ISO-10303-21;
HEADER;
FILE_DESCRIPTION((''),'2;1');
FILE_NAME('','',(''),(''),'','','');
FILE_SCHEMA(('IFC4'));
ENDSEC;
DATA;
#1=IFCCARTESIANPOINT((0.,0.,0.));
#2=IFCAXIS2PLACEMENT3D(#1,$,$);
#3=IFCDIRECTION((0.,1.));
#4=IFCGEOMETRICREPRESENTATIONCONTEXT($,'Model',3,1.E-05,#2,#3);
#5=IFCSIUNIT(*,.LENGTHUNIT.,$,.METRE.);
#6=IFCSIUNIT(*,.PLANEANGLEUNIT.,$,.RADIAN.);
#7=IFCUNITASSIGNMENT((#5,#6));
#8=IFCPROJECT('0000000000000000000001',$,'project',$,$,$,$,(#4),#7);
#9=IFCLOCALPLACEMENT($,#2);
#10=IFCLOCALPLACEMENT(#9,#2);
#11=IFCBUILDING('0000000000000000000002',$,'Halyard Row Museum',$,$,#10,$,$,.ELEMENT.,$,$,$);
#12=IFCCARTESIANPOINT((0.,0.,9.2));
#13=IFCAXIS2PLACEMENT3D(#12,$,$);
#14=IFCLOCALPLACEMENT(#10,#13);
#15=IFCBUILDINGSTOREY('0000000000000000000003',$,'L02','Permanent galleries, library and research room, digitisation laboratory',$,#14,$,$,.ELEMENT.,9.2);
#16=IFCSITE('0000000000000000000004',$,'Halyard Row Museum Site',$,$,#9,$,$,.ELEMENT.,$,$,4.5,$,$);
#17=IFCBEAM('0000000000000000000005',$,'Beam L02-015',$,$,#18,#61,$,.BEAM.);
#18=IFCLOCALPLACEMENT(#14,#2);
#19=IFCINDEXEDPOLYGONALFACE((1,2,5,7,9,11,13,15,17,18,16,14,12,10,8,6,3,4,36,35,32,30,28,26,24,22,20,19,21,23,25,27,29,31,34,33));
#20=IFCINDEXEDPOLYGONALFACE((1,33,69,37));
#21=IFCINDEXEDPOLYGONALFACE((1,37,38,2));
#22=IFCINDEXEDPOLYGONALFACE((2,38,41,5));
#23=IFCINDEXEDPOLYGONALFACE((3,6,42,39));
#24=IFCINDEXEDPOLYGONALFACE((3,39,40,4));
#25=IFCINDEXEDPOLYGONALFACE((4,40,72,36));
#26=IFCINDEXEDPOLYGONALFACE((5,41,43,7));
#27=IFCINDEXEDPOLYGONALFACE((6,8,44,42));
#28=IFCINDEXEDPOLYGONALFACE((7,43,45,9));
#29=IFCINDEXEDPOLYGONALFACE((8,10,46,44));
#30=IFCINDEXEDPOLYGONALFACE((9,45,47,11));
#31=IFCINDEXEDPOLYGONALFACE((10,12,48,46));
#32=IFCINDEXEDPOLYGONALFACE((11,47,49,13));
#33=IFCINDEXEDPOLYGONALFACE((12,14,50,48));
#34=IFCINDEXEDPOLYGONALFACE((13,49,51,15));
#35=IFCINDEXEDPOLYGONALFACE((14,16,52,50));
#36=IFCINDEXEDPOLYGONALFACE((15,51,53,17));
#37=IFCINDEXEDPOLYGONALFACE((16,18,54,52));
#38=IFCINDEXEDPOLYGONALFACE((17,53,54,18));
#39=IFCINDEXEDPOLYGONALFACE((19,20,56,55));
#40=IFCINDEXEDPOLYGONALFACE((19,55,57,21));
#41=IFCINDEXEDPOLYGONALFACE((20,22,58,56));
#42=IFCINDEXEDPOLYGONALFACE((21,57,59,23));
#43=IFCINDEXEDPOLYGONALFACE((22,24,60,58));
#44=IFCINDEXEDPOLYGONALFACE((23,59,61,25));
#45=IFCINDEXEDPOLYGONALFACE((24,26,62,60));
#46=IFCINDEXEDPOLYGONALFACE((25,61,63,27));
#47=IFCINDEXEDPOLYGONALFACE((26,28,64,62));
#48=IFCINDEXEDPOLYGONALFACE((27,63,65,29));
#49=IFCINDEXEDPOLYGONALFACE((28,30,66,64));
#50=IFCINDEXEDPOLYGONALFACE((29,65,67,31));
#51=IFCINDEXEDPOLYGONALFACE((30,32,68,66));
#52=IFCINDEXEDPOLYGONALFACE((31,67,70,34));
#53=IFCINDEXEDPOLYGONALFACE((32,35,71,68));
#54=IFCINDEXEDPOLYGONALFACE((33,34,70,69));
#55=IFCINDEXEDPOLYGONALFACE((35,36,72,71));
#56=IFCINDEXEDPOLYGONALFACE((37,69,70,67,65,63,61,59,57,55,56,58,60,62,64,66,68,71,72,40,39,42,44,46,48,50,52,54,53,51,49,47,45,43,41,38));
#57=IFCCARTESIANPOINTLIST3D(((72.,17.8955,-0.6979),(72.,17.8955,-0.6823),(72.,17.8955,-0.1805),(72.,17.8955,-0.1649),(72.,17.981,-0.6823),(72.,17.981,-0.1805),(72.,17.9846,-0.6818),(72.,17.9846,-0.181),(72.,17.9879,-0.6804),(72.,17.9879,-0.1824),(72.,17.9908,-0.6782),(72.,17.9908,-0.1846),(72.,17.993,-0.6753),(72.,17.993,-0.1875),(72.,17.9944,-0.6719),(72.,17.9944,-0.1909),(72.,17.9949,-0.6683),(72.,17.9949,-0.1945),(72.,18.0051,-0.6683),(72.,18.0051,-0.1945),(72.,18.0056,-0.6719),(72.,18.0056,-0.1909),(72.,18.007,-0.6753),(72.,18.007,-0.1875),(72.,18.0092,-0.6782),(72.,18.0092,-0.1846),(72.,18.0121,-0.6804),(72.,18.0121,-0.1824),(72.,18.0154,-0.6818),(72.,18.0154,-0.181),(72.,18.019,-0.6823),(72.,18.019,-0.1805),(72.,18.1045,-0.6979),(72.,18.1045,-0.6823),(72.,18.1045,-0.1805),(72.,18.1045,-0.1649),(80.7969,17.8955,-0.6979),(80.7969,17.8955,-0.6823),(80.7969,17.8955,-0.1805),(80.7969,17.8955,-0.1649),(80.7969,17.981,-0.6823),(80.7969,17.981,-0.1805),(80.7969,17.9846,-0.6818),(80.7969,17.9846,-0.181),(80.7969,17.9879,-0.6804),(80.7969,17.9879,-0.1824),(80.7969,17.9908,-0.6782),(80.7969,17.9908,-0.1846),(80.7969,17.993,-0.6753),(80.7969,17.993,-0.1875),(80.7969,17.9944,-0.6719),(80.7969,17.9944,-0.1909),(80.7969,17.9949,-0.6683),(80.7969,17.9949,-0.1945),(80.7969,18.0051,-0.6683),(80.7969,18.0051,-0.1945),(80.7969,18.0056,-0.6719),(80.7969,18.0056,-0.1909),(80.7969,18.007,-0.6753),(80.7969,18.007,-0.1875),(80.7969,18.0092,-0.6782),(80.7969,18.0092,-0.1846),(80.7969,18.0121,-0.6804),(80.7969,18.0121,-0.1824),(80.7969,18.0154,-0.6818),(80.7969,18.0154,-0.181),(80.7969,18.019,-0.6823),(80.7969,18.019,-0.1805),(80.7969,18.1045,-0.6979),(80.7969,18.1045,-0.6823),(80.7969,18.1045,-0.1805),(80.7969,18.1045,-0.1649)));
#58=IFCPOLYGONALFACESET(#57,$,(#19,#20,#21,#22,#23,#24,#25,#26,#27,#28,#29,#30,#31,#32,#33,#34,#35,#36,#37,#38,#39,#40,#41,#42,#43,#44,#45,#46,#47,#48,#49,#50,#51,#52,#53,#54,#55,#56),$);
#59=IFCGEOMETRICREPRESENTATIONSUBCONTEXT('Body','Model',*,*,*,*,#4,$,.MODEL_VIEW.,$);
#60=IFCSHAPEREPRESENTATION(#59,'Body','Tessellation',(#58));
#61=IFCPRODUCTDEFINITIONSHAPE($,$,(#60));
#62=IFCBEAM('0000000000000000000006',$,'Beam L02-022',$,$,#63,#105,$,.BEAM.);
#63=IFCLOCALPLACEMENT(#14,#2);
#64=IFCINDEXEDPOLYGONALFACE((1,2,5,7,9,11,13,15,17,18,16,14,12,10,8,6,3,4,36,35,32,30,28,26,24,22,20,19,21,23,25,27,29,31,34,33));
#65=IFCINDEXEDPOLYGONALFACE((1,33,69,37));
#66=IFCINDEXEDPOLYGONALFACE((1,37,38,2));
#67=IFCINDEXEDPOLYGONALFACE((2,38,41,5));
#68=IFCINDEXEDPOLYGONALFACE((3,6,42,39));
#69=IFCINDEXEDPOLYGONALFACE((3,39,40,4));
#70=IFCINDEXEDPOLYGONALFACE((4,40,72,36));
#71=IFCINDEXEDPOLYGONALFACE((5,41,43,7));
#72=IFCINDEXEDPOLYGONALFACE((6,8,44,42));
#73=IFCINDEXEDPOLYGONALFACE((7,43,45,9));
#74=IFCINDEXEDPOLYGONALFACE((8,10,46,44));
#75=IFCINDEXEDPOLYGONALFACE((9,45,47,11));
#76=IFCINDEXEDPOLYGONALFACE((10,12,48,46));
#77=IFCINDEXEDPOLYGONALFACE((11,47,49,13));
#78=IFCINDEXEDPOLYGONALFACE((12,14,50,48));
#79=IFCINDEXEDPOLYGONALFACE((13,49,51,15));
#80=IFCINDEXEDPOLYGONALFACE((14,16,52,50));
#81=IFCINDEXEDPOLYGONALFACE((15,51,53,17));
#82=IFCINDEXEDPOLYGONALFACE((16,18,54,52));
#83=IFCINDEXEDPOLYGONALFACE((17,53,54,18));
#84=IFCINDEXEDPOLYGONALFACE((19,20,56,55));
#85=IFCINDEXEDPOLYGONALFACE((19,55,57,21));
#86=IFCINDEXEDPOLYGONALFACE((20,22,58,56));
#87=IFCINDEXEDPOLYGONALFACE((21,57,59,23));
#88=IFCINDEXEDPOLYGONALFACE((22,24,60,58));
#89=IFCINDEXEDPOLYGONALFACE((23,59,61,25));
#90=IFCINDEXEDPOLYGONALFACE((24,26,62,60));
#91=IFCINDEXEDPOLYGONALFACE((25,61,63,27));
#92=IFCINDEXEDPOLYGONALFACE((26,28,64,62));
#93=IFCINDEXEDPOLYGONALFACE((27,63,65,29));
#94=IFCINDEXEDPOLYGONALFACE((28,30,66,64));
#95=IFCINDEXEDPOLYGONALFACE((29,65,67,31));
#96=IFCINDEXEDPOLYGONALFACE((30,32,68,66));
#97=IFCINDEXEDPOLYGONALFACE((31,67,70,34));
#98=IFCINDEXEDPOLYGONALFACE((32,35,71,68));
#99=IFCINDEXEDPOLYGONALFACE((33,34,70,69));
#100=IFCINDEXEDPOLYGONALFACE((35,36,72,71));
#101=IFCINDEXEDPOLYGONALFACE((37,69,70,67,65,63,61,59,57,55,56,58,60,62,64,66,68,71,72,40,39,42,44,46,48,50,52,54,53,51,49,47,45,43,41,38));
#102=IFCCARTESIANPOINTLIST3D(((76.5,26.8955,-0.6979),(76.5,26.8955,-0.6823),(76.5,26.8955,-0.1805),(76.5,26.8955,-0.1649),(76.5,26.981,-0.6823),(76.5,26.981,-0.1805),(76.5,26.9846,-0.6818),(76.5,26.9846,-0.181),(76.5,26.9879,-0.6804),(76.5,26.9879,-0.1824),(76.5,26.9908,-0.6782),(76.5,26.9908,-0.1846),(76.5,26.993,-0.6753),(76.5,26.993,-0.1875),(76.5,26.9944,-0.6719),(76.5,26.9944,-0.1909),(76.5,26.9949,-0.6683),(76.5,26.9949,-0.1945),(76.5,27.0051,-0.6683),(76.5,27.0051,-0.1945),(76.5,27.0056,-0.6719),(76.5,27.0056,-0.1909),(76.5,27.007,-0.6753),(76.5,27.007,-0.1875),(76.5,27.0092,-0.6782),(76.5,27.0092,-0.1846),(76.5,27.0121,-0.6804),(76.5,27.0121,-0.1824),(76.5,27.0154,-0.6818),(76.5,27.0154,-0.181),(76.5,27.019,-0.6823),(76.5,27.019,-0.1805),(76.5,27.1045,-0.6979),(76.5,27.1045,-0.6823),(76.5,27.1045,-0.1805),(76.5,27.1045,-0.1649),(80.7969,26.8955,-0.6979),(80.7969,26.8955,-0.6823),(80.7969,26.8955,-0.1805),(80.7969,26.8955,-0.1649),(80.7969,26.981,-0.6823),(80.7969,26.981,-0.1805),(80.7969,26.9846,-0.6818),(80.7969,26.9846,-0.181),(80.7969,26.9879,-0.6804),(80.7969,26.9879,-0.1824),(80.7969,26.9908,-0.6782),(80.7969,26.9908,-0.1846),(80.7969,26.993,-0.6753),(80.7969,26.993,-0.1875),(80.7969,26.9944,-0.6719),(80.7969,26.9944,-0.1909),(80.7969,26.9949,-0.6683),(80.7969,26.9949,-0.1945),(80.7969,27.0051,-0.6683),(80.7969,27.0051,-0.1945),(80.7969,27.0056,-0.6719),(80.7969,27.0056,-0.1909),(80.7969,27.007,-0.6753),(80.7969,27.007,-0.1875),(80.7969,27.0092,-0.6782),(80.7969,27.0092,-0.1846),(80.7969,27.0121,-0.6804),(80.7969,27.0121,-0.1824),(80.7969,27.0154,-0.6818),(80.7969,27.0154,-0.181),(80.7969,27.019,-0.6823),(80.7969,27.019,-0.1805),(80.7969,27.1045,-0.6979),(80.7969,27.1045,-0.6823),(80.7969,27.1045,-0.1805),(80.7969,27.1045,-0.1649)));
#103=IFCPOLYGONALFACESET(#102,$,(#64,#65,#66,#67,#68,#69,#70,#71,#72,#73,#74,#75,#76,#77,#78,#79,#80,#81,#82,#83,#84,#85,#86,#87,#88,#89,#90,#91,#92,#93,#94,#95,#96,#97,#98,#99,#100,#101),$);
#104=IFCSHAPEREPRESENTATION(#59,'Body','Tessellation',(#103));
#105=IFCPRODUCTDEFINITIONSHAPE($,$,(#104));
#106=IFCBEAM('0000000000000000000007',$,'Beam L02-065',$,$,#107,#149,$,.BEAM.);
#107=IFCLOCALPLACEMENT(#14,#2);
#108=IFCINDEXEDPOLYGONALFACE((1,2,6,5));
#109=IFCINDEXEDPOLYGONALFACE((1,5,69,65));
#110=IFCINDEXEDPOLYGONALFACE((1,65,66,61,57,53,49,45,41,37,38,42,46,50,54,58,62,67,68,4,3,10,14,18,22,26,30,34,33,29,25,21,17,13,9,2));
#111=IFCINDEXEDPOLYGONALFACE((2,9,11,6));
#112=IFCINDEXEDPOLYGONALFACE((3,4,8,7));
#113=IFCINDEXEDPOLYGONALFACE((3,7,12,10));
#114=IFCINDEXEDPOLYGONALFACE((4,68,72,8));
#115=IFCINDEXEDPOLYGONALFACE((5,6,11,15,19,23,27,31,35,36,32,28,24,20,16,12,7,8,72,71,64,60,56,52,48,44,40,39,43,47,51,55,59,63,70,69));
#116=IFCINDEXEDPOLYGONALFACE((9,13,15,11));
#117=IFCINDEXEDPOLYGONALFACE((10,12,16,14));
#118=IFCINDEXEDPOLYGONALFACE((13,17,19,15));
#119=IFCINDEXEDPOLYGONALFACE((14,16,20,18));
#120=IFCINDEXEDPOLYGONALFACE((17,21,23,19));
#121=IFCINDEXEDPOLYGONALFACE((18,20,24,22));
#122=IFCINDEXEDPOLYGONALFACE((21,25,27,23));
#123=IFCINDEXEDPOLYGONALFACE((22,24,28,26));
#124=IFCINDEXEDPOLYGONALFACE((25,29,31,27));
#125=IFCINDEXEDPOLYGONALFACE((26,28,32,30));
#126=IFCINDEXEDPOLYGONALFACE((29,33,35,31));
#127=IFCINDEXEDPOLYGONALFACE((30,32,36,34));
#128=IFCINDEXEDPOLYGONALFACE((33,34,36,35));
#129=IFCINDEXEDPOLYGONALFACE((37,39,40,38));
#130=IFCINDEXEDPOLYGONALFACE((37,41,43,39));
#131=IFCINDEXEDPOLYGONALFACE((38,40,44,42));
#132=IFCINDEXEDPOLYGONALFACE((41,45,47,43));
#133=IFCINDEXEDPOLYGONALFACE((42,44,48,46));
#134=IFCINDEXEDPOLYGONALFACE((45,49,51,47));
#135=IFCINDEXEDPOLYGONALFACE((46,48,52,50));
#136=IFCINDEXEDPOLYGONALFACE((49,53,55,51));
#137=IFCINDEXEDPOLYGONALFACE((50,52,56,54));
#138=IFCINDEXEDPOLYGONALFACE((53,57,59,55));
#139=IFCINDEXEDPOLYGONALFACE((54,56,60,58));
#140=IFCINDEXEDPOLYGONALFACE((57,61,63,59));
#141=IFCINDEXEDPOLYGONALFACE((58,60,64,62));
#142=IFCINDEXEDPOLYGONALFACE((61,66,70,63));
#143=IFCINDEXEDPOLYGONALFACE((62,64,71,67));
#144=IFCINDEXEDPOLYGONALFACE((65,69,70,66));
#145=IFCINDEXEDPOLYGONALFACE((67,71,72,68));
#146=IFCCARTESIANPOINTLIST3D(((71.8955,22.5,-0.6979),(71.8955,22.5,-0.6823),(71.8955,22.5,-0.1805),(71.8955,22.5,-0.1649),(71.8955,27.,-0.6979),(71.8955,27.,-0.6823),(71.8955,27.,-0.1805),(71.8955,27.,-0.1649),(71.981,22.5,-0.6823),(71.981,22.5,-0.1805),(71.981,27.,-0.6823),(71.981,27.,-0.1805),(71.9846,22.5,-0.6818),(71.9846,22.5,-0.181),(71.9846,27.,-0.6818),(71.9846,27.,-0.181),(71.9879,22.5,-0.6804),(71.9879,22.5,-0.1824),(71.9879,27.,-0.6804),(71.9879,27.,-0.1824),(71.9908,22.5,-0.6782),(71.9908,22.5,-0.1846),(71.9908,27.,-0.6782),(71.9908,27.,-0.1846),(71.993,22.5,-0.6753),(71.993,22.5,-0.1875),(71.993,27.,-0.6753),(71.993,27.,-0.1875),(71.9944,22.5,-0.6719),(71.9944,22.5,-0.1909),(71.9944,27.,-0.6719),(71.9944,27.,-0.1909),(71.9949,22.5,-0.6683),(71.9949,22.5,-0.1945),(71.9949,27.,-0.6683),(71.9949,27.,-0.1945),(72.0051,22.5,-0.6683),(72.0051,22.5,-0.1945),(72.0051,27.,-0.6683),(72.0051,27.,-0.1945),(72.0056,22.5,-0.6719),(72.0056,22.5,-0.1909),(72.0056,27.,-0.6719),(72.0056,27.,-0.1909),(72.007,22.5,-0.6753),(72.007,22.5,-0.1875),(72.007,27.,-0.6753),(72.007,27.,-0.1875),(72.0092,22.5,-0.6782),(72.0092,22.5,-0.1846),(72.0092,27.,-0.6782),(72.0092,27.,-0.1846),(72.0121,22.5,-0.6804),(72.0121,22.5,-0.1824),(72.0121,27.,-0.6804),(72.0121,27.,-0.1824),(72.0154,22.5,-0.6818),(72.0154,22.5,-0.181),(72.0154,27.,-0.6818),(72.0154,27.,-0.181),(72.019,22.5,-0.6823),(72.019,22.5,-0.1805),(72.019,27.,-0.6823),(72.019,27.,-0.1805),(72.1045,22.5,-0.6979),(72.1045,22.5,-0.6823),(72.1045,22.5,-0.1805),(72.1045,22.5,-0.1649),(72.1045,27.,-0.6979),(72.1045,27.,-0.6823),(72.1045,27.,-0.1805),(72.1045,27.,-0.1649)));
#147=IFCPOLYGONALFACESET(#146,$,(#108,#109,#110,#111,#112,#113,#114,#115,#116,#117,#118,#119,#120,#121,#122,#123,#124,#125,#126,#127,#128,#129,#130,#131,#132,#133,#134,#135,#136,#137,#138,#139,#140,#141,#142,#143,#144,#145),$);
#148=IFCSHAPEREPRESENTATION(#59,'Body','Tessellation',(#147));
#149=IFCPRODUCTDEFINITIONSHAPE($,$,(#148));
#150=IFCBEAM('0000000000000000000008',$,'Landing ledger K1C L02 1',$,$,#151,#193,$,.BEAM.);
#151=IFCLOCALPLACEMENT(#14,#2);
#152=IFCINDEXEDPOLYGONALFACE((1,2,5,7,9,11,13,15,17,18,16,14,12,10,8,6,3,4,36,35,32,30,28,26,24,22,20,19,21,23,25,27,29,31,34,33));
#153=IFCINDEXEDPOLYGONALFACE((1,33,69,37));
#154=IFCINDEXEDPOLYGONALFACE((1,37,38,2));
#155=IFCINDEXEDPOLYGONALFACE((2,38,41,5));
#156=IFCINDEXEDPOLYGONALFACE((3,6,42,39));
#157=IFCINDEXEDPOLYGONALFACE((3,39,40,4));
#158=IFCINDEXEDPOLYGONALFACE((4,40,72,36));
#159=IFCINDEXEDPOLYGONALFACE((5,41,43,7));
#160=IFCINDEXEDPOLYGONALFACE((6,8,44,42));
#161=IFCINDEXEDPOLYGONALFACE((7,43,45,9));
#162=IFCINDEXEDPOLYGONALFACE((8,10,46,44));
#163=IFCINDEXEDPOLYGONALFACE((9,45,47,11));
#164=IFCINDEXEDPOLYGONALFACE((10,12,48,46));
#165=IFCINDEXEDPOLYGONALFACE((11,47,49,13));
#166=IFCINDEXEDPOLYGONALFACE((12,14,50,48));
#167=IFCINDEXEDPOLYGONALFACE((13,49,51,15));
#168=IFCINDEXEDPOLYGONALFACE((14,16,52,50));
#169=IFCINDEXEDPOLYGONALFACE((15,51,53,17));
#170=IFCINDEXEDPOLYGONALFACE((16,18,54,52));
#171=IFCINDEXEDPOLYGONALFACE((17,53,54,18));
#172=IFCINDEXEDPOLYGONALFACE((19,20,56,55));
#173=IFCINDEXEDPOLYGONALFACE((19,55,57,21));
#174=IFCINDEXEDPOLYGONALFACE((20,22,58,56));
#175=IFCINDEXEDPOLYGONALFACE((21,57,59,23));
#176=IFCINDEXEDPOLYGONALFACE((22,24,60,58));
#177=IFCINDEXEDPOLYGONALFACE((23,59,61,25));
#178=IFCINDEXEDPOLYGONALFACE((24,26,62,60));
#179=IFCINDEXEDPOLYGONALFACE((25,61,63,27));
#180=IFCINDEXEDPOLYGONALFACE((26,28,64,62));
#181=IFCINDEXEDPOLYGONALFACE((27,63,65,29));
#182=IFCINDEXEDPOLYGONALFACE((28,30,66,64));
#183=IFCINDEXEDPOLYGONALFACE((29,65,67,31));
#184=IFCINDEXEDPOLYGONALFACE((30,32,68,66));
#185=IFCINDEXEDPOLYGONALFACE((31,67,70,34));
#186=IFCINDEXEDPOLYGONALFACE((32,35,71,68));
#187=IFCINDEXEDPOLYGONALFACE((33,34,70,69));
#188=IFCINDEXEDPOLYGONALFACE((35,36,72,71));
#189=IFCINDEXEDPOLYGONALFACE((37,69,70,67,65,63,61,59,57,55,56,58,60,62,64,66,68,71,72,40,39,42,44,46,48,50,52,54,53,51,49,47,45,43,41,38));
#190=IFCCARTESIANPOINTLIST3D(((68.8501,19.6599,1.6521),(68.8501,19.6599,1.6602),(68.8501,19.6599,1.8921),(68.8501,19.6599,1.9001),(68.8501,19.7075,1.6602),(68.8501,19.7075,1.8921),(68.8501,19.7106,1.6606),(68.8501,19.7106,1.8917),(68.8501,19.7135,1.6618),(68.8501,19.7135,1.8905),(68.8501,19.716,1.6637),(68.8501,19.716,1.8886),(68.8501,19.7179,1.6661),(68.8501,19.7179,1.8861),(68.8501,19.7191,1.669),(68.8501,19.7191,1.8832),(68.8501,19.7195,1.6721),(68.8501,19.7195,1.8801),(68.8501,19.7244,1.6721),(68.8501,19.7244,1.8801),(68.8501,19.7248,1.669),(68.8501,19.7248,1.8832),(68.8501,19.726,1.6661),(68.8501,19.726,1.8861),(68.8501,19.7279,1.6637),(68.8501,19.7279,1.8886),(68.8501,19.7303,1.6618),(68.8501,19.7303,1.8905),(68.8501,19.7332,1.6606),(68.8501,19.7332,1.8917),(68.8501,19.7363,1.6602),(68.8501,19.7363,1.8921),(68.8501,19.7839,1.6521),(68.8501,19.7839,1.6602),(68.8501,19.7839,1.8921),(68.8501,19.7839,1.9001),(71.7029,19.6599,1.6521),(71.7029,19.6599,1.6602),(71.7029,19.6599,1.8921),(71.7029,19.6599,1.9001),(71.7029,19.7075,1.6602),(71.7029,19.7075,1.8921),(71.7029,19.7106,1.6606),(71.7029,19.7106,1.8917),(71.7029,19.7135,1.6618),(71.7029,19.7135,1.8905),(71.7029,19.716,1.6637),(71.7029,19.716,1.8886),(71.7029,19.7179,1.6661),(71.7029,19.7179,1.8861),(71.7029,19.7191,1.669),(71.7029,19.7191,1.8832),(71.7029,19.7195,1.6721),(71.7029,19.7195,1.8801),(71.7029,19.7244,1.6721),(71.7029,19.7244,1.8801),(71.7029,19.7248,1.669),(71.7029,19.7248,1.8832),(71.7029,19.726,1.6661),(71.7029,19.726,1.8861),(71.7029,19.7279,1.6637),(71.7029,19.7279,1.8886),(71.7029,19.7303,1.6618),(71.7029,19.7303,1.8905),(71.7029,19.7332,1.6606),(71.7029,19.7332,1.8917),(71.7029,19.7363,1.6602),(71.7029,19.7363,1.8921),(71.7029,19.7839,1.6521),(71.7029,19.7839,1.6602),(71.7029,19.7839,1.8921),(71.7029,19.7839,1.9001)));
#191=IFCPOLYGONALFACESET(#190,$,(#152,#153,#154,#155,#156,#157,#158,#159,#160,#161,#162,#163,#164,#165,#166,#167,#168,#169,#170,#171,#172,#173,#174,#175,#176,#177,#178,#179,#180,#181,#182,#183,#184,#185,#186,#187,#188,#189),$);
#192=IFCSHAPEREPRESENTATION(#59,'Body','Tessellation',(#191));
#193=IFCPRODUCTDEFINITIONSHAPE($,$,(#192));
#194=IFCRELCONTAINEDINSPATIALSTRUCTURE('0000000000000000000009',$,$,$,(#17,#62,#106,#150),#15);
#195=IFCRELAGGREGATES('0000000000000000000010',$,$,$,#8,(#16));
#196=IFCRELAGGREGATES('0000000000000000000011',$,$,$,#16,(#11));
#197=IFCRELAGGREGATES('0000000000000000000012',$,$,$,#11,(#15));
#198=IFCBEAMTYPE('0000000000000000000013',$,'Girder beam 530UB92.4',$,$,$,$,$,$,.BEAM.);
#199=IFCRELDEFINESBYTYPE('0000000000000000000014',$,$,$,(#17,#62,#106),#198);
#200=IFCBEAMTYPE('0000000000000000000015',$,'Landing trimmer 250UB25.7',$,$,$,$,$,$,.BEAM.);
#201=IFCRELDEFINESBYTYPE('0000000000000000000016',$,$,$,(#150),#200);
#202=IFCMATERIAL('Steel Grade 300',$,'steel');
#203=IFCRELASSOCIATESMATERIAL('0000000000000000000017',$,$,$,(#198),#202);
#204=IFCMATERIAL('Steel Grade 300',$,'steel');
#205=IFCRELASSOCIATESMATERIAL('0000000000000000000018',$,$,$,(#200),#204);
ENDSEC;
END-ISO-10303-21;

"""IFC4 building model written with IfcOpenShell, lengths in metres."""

from ifc_helpers import new_model, si_unit, direction, frame, origin, origin_2d, place, context, subcontext, project, spatial, i_section, extrude, material, material_profile, profile_set, type_object, element, save


model = new_model("IFC4")

# Units and contexts
model_context = context("Model", 3, precision=1e-05, world=origin(), true_north=direction((0.0, 1.0)))
body_context = subcontext(model_context, "Body", "Model", "MODEL_VIEW")
ifc_project = project(units=[si_unit("LENGTHUNIT", "METRE"), si_unit("PLANEANGLEUNIT", "RADIAN")], contexts=[model_context])

# Site, building, storey
site_placement = place(None, origin())
site = spatial("IfcSite", under=ifc_project, at=site_placement, Name="Halyard Row Museum Site", CompositionType="ELEMENT", RefElevation=4.5)
building_placement = place(site_placement, origin())
building = spatial("IfcBuilding", under=site, at=building_placement, Name="Halyard Row Museum", CompositionType="ELEMENT")
storey_placement = place(building_placement, frame((0.0, 0.0, 9.2)))
storey = spatial("IfcBuildingStorey", under=building, at=storey_placement, Name="L02", Description="Permanent galleries, library and research room, digitisation laboratory", CompositionType="ELEMENT", Elevation=9.2)

# Beams
ifc_material_1 = material(Name="Steel Grade 300", Category="steel")
ifc_material_profile_1 = material_profile(ifc_material_1, i_section(OverallWidth=0.209, OverallDepth=0.533, WebThickness=0.0103, FlangeThickness=0.0156, FilletRadius=0.0139, at=origin_2d()), Name="530UB92.4")
ifc_profile_set_1 = profile_set([ifc_material_profile_1], Name="Steel Grade 300")
beam_type_1 = type_object("IfcBeamType", Name="Girder beam 530UB92.4", PredefinedType="BEAM", material=ifc_profile_set_1)
beam_1_placement = place(storey_placement, frame((72.0, 18.0, -0.4314), z_axis=(1.0, 0.0, 0.0), x_axis=(0.0, 1.0, 0.0)))
element("IfcBeam", 1, at=beam_1_placement, inside=storey, type_object=beam_type_1, Name="Beam L02-015", PredefinedType="BEAM", context=body_context, shape_type="SweptSolid", body=[
    extrude(i_section(OverallWidth=0.209, OverallDepth=0.533, WebThickness=0.0103, FlangeThickness=0.0156, FilletRadius=0.0139, at=origin_2d()), origin(), (0.0, 0.0, 1.0), 8.7969),
])
beam_2_placement = place(storey_placement, frame((76.5, 27.0, -0.4314), z_axis=(1.0, 0.0, 0.0), x_axis=(0.0, 1.0, 0.0)))
element("IfcBeam", 2, at=beam_2_placement, inside=storey, type_object=beam_type_1, Name="Beam L02-022", PredefinedType="BEAM", context=body_context, shape_type="SweptSolid", body=[
    extrude(i_section(OverallWidth=0.209, OverallDepth=0.533, WebThickness=0.0103, FlangeThickness=0.0156, FilletRadius=0.0139, at=origin_2d()), origin(), (0.0, 0.0, 1.0), 4.2969),
])
beam_3_placement = place(storey_placement, frame((72.0, 22.5, -0.4314), z_axis=(0.0, 1.0, 0.0), x_axis=(-1.0, 0.0, 0.0)))
element("IfcBeam", 3, at=beam_3_placement, inside=storey, type_object=beam_type_1, Name="Beam L02-065", PredefinedType="BEAM", context=body_context, shape_type="SweptSolid", body=[
    extrude(i_section(OverallWidth=0.209, OverallDepth=0.533, WebThickness=0.0103, FlangeThickness=0.0156, FilletRadius=0.0139, at=origin_2d()), origin(), (0.0, 0.0, 1.0), 4.5),
])
ifc_material_2 = material(Name="Steel Grade 300", Category="steel")
ifc_material_profile_2 = material_profile(ifc_material_2, i_section(OverallWidth=0.124, OverallDepth=0.248, WebThickness=0.0049, FlangeThickness=0.0081, FilletRadius=0.012, at=origin_2d()), Name="250UB25.7")
ifc_profile_set_2 = profile_set([ifc_material_profile_2], Name="Steel Grade 300")
beam_type_2 = type_object("IfcBeamType", Name="Landing trimmer 250UB25.7", PredefinedType="BEAM", material=ifc_profile_set_2)
beam_4_placement = place(storey_placement, frame((71.7029, 19.7219, 1.7761), z_axis=(-1.0, 0.0, 0.0), x_axis=(0.0, -1.0, 0.0)))
element("IfcBeam", 4, at=beam_4_placement, inside=storey, type_object=beam_type_2, Name="Landing ledger K1C L02 1", PredefinedType="BEAM", context=body_context, shape_type="SweptSolid", body=[
    extrude(i_section(OverallWidth=0.124, OverallDepth=0.248, WebThickness=0.0049, FlangeThickness=0.0081, FilletRadius=0.012, at=origin_2d()), origin(), (0.0, 0.0, 1.0), 2.8528),
])

save(model, "model.ifc")
